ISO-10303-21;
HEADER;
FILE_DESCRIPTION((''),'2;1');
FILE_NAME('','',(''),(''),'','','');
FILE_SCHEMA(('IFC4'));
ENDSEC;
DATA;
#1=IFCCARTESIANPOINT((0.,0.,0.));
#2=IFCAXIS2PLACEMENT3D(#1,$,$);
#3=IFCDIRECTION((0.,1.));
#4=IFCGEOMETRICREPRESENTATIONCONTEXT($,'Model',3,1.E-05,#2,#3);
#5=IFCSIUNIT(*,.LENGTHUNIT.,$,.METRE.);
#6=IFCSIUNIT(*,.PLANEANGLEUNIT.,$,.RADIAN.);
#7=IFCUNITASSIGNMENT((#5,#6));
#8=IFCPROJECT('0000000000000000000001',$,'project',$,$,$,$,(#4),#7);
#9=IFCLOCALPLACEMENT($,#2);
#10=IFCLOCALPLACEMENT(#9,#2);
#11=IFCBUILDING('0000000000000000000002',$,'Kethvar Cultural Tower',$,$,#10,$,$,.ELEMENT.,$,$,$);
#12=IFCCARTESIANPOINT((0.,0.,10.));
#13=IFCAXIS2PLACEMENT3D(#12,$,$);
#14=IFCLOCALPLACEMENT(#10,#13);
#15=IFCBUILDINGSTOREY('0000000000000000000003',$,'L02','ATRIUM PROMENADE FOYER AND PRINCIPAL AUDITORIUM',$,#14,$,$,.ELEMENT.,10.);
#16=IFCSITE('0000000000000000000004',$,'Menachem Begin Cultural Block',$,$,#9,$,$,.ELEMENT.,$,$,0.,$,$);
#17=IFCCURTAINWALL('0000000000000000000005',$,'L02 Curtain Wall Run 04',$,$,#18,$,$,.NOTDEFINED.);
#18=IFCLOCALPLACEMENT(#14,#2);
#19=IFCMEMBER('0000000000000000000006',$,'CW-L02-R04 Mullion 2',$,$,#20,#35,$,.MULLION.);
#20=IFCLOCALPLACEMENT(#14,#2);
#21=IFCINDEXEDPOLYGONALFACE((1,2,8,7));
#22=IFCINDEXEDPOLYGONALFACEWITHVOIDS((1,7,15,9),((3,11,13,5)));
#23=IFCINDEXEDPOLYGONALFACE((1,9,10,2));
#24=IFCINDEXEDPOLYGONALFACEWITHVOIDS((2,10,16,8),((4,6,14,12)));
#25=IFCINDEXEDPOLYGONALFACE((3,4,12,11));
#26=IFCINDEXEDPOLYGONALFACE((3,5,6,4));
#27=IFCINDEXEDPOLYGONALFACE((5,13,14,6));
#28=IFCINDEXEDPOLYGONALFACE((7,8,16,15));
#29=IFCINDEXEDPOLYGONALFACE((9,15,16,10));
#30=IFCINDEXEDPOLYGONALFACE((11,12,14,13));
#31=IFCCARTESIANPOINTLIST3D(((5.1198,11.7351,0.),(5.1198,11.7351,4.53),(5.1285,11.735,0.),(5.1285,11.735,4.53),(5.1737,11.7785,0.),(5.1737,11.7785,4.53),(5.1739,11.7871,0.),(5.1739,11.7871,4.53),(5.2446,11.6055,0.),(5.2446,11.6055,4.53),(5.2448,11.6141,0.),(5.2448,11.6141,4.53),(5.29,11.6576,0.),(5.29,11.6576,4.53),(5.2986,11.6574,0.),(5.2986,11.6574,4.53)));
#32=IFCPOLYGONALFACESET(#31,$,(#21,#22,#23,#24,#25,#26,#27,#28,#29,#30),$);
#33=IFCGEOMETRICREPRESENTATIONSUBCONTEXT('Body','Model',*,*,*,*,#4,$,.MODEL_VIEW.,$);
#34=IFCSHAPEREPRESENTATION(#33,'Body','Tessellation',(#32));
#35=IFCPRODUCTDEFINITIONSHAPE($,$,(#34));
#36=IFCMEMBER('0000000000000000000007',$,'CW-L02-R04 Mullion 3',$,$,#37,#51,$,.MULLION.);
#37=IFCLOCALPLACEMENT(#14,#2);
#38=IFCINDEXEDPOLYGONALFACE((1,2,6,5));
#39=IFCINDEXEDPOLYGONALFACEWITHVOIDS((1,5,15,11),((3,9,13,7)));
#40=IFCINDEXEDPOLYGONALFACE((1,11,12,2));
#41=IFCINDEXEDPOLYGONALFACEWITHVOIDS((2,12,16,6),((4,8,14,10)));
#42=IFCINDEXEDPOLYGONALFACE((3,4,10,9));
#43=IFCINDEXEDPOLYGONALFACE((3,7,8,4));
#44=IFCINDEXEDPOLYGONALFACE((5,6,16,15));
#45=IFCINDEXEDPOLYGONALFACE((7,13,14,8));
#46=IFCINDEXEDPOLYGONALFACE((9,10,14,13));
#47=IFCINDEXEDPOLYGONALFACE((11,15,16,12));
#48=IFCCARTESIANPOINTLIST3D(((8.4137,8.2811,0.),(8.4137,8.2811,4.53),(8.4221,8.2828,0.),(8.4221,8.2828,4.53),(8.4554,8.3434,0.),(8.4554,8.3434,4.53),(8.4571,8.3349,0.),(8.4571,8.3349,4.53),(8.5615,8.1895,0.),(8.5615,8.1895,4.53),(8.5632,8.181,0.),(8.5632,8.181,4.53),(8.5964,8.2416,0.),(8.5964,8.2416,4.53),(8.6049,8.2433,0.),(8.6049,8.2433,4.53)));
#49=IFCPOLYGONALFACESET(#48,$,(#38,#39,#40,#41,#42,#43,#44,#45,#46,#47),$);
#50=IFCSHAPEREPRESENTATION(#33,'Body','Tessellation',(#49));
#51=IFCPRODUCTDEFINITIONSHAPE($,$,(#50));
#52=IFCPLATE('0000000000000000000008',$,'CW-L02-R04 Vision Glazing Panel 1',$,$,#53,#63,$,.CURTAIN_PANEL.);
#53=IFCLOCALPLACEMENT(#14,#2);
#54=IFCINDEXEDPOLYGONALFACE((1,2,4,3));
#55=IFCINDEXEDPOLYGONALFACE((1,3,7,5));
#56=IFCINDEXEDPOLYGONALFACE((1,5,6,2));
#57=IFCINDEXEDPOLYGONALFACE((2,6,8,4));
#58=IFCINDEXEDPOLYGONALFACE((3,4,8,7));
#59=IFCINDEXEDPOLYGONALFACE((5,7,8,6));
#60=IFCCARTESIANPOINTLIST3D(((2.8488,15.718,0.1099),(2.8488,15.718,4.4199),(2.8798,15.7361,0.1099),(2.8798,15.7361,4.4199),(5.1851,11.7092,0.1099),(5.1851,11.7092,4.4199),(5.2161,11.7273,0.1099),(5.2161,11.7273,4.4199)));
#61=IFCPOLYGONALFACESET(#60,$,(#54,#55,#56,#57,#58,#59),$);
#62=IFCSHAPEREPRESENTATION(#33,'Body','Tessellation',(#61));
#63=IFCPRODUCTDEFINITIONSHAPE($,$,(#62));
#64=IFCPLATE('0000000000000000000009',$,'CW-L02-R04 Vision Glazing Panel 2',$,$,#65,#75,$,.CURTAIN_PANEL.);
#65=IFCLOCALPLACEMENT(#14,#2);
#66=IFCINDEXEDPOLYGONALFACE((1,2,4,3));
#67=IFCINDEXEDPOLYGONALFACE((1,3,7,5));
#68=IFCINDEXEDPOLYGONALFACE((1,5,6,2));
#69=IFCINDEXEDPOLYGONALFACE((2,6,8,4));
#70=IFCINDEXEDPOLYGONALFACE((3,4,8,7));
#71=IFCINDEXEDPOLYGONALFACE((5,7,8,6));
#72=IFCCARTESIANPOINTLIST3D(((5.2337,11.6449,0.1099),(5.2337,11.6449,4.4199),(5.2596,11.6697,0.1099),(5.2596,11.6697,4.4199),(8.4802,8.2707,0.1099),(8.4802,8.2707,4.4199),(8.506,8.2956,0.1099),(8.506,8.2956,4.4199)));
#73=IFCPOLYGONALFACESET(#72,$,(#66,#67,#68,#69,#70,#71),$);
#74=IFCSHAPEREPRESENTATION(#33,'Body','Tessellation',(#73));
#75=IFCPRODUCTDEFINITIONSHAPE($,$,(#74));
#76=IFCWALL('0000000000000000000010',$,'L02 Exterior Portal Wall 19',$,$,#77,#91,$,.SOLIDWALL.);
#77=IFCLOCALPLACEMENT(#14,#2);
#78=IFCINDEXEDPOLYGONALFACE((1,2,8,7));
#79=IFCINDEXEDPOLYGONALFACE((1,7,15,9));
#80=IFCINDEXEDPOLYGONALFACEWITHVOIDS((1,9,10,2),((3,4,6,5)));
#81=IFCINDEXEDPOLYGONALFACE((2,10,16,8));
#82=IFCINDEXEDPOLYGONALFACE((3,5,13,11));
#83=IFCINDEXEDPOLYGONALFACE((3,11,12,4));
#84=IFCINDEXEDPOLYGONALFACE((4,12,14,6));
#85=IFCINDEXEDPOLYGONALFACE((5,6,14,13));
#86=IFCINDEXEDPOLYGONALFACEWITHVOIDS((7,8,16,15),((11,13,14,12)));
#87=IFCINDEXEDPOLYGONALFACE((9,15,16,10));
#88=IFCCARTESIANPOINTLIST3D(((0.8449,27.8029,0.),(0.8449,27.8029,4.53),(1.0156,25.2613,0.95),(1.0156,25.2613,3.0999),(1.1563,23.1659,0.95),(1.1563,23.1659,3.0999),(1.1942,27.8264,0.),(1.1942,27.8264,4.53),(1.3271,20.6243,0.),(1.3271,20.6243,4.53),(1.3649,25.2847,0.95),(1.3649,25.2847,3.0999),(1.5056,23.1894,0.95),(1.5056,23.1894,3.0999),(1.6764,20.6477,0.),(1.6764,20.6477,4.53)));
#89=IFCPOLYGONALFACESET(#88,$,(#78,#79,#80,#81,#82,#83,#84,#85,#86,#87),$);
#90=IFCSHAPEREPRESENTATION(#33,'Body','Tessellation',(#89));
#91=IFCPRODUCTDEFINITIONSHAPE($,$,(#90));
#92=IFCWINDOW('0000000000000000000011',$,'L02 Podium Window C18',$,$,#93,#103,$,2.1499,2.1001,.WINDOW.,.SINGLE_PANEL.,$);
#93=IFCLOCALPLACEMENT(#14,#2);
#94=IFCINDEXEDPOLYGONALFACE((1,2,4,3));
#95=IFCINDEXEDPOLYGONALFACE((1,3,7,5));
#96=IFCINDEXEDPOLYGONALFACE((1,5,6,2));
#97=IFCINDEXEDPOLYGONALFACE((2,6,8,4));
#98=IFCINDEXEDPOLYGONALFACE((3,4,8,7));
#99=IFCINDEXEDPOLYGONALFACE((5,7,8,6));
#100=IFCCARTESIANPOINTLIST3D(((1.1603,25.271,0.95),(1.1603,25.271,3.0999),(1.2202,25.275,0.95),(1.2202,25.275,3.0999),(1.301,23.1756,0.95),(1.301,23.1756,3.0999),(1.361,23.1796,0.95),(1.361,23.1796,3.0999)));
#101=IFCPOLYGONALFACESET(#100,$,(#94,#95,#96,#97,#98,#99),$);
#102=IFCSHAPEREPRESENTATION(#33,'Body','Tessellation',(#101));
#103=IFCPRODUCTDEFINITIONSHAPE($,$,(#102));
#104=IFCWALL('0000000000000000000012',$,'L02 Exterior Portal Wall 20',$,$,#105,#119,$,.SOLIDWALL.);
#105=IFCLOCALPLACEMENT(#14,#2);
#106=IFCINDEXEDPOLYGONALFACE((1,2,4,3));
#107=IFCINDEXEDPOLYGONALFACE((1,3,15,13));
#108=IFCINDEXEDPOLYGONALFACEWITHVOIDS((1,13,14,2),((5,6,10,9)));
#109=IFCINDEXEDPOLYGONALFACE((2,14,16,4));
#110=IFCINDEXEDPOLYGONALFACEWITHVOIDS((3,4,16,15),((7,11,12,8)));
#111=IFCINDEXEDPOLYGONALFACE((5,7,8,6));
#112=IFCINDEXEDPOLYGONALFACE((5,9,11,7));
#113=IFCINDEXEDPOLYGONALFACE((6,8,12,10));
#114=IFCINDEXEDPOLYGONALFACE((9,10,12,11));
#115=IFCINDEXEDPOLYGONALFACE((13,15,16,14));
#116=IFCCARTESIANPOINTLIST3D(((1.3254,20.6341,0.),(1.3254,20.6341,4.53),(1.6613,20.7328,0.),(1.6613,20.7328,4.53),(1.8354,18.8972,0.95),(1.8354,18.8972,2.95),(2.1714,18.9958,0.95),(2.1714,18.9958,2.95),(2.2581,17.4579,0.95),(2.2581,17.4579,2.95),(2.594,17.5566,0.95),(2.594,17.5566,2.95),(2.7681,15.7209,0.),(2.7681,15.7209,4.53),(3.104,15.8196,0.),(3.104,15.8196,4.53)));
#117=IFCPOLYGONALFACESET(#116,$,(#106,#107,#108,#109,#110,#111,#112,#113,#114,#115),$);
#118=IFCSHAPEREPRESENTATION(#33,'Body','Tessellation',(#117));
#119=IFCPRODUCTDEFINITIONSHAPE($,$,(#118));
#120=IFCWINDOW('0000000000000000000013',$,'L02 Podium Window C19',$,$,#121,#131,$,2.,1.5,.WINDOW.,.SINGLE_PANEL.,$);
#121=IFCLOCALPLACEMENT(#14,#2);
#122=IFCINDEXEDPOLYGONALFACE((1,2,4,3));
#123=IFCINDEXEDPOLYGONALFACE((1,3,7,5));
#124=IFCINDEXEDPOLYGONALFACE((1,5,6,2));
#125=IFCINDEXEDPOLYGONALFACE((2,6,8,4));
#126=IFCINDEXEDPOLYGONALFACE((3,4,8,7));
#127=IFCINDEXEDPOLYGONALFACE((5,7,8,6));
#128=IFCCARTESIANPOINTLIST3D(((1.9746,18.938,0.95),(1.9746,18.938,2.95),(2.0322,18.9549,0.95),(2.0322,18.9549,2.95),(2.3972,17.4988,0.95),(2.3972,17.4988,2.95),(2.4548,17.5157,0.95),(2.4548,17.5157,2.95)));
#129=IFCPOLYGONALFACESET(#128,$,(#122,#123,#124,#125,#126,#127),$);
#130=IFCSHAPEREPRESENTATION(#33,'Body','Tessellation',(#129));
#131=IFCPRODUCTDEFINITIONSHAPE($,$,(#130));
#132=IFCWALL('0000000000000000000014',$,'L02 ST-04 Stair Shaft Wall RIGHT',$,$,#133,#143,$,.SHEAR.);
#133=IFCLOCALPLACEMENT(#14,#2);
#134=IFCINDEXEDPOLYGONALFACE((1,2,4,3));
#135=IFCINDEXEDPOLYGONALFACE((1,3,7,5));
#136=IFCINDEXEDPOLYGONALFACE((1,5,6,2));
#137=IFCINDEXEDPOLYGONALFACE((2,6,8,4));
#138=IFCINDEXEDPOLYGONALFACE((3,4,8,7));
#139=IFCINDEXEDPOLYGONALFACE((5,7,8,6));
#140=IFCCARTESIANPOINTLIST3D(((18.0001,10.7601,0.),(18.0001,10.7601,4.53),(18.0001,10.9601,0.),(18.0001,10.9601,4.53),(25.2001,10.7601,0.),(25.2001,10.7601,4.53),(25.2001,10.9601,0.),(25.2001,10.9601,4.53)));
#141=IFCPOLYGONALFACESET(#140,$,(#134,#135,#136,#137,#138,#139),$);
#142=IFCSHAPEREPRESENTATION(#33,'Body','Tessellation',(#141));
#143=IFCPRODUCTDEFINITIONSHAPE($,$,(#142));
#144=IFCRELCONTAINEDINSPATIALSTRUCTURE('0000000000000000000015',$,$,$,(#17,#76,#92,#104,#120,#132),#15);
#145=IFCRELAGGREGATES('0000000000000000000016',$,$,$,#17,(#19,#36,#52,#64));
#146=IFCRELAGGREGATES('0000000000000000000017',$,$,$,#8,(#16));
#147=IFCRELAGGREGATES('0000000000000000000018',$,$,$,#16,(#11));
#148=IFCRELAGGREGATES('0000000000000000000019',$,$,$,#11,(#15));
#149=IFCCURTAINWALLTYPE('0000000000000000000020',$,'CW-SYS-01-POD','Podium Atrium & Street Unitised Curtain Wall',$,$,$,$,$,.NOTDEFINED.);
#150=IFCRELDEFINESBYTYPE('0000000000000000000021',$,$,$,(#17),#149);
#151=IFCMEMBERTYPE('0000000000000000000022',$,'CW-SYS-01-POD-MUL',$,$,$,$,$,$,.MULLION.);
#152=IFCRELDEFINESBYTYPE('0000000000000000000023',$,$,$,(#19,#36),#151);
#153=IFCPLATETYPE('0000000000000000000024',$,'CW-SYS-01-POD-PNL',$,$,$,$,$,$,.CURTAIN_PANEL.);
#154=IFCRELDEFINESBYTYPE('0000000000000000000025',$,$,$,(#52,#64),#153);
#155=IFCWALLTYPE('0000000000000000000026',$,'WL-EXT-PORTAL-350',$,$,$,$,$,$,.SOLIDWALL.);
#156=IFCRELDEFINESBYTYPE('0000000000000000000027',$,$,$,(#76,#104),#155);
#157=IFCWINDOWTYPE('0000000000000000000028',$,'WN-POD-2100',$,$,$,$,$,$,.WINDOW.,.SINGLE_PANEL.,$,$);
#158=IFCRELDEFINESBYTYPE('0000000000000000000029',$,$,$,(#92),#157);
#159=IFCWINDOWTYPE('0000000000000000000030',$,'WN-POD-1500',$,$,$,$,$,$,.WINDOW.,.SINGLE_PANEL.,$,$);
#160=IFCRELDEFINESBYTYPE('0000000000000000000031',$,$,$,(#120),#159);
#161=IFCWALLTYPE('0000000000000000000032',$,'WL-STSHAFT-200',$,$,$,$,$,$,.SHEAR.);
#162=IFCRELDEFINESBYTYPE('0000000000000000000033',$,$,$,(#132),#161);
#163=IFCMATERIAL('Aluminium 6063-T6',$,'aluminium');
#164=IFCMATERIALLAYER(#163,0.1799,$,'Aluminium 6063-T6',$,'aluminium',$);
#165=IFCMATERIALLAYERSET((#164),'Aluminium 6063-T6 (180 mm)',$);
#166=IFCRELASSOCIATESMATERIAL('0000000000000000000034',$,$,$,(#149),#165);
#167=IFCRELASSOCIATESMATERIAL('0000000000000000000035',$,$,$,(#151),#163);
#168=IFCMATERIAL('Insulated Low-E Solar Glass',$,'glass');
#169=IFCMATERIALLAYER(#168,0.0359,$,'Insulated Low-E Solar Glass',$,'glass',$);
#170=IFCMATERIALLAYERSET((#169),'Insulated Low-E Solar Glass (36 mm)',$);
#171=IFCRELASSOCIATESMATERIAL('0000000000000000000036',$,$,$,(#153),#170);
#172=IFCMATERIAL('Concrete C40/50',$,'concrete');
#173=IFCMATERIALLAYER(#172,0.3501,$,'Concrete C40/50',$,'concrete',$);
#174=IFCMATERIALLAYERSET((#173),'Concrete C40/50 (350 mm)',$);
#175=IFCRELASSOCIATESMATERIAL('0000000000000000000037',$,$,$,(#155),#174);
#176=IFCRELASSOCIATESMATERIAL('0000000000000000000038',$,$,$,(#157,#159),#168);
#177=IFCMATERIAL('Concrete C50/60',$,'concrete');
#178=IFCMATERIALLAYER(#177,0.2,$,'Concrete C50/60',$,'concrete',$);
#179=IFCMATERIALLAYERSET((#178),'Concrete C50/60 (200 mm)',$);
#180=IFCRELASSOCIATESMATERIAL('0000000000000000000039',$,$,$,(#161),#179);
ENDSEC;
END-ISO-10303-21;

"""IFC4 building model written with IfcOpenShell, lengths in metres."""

from ifc_helpers import new_model, si_unit, direction, frame, frame_2d, origin, origin_2d, place, context, subcontext, project, spatial, rectangle, hollow_rectangle, extrude, source, transform, mapped, material, layer, layer_set, material_profile, profile_set, type_object, element, fill, aggregate, save


model = new_model("IFC4")

# Units and contexts
model_context = context("Model", 3, precision=1e-05, world=origin(), true_north=direction((0.0, 1.0)))
body_context = subcontext(model_context, "Body", "Model", "MODEL_VIEW")
ifc_project = project(units=[si_unit("LENGTHUNIT", "METRE"), si_unit("PLANEANGLEUNIT", "RADIAN")], contexts=[model_context])

# Site, building, storey
site_placement = place(None, origin())
site = spatial("IfcSite", under=ifc_project, at=site_placement, Name="Menachem Begin Cultural Block", CompositionType="ELEMENT", RefElevation=0.0)
building_placement = place(site_placement, origin())
building = spatial("IfcBuilding", under=site, at=building_placement, Name="Kethvar Cultural Tower", CompositionType="ELEMENT")
storey_placement = place(building_placement, frame((0.0, 0.0, 10.0)))
storey = spatial("IfcBuildingStorey", under=building, at=storey_placement, Name="L02", Description="ATRIUM PROMENADE FOYER AND PRINCIPAL AUDITORIUM", CompositionType="ELEMENT", Elevation=10.0)

# Curtain wall, members, plates
ifc_material_1 = material(Name="Aluminium 6063-T6", Category="aluminium")
ifc_layer_1 = layer(ifc_material_1, 0.1799, Name="Aluminium 6063-T6", Category="aluminium")
ifc_layer_set_1 = layer_set([ifc_layer_1], Name="Aluminium 6063-T6 (180 mm)")
curtain_wall_type = type_object("IfcCurtainWallType", Name="CW-SYS-01-POD", Description="Podium Atrium & Street Unitised Curtain Wall", PredefinedType="NOTDEFINED", material=ifc_layer_set_1)
curtain_wall_placement = place(storey_placement, origin())
curtain_wall = element("IfcCurtainWall", 1, at=curtain_wall_placement, inside=storey, type_object=curtain_wall_type, Name="L02 Curtain Wall Run 04", PredefinedType="NOTDEFINED")
ifc_material_profile_1 = material_profile(ifc_material_1, hollow_rectangle(XDim=0.075, YDim=0.1799, WallThickness=0.0061, at=origin_2d()), Name="Aluminium 6063-T6 — RHS180x75x6")
ifc_profile_set_1 = profile_set([ifc_material_profile_1], Name="Aluminium 6063-T6 — RHS180x75x6")
member_type_1 = type_object("IfcMemberType", Name="CW-SYS-01-POD-MUL", PredefinedType="MULLION", material=ifc_profile_set_1)
shared_shape_1 = source(origin(), body_context, "Body", "SweptSolid", [
    extrude(hollow_rectangle(XDim=0.075, YDim=0.1799, WallThickness=0.0061, at=origin_2d()), origin(), (0.0, 0.0, 1.0), 4.53),
])
member_1_placement = place(storey_placement, frame((5.2092, 11.6963, 0.0), z_axis=(0.0, 0.0, 1.0), x_axis=(0.720612, 0.693339, 0.0)))
member_1 = element("IfcMember", 2, at=member_1_placement, type_object=member_type_1, Name="CW-L02-R04 Mullion 2", PredefinedType="MULLION", context=body_context, shape_type="MappedRepresentation", body=[
    mapped(shared_shape_1, transform((0.0, 0.0, 0.0), scale=1.0)),
])
member_2_placement = place(storey_placement, frame((8.5093, 8.2622, 0.0), z_axis=(0.0, 0.0, 1.0), x_axis=(0.556557, 0.83081, 0.0)))
member_2 = element("IfcMember", 3, at=member_2_placement, type_object=member_type_1, Name="CW-L02-R04 Mullion 3", PredefinedType="MULLION", context=body_context, shape_type="MappedRepresentation", body=[
    mapped(shared_shape_1, transform((0.0, 0.0, 0.0), scale=1.0)),
])
ifc_material_2 = material(Name="Insulated Low-E Solar Glass", Category="glass")
ifc_layer_2 = layer(ifc_material_2, 0.0359, Name="Insulated Low-E Solar Glass", Category="glass")
ifc_layer_set_2 = layer_set([ifc_layer_2], Name="Insulated Low-E Solar Glass (36 mm)")
plate_type = type_object("IfcPlateType", Name="CW-SYS-01-POD-PNL", PredefinedType="CURTAIN_PANEL", material=ifc_layer_set_2)
shared_shape_2 = source(origin(), body_context, "Body", "SweptSolid", [
    extrude(rectangle(XDim=4.6399, YDim=0.0359, at=origin_2d()), origin(), (0.0, 0.0, 1.0), 4.3101),
])
plate_1_placement = place(storey_placement, frame((4.0325, 13.7227, 0.1099), z_axis=(0.0, 0.0, 1.0), x_axis=(0.503518, -0.863985, 0.0)))
plate_1 = element("IfcPlate", 4, at=plate_1_placement, type_object=plate_type, Name="CW-L02-R04 Vision Glazing Panel 1", PredefinedType="CURTAIN_PANEL", context=body_context, shape_type="MappedRepresentation", body=[
    mapped(shared_shape_2, transform((0.0, 0.0, 0.0), scale=1.0)),
])
shared_shape_3 = source(origin(), body_context, "Body", "SweptSolid", [
    extrude(rectangle(XDim=4.6824, YDim=0.0359, at=origin_2d()), origin(), (0.0, 0.0, 1.0), 4.3101),
])
plate_2_placement = place(storey_placement, frame((6.8699, 9.9702, 0.1099), z_axis=(0.0, 0.0, 1.0), x_axis=(0.693339, -0.720612, 0.0)))
plate_2 = element("IfcPlate", 5, at=plate_2_placement, type_object=plate_type, Name="CW-L02-R04 Vision Glazing Panel 2", PredefinedType="CURTAIN_PANEL", context=body_context, shape_type="MappedRepresentation", body=[
    mapped(shared_shape_3, transform((0.0, 0.0, 0.0), scale=1.0)),
])
aggregate(curtain_wall, [member_1, member_2, plate_1, plate_2])

# Walls, openings, windows
ifc_material_3 = material(Name="Concrete C40/50", Category="concrete")
ifc_layer_3 = layer(ifc_material_3, 0.3501, Name="Concrete C40/50", Category="concrete")
ifc_layer_set_3 = layer_set([ifc_layer_3], Name="Concrete C40/50 (350 mm)")
wall_type_1 = type_object("IfcWallType", Name="WL-EXT-PORTAL-350", PredefinedType="SOLIDWALL", material=ifc_layer_set_3)
wall_1_placement = place(storey_placement, frame((1.5017, 20.636, 0.0), z_axis=(0.0, 0.0, 1.0), x_axis=(-0.067017, 0.997752, 0.0)))
wall_1 = element("IfcWall", 6, at=wall_1_placement, inside=storey, type_object=wall_type_1, Name="L02 Exterior Portal Wall 19", PredefinedType="SOLIDWALL", context=body_context, shape_type="SweptSolid", body=[
    extrude(rectangle(XDim=7.1948, YDim=0.3501, at=frame_2d((3.5974, 0.0))), origin(), (0.0, 0.0, 1.0), 4.53),
])
opening_1_placement = place(wall_1_placement, frame((2.5474, 0.0, 0.95)))
opening_1 = element("IfcOpeningElement", 7, at=opening_1_placement, cuts=wall_1, PredefinedType="OPENING", context=body_context, shape_type="SweptSolid", body=[
    extrude(rectangle(XDim=2.1001, YDim=2.1499, at=frame_2d((1.05, 1.075))), frame((0.0, 0.1851, 0.0), z_axis=(0.0, -1.0, 0.0), x_axis=(1.0, 0.0, 0.0)), (0.0, 0.0, 1.0), 0.3701),
])
window_type_1 = type_object("IfcWindowType", Name="WN-POD-2100", PartitioningType="SINGLE_PANEL", PredefinedType="WINDOW", material=ifc_material_2)
shared_shape_4 = source(origin(), body_context, "Body", "SweptSolid", [
    extrude(rectangle(XDim=2.1001, YDim=2.1499, at=frame_2d((1.05, 1.075))), frame((0.0, 0.03, 0.0), z_axis=(0.0, -1.0, 0.0), x_axis=(1.0, 0.0, 0.0)), (0.0, 0.0, 1.0), 0.0601),
])
window_1_placement = place(opening_1_placement, origin())
window_1 = element("IfcWindow", 8, at=window_1_placement, inside=storey, type_object=window_type_1, Name="L02 Podium Window C18", OverallHeight=2.1499, OverallWidth=2.1001, PartitioningType="SINGLE_PANEL", PredefinedType="WINDOW", context=body_context, shape_type="MappedRepresentation", body=[
    mapped(shared_shape_4, transform((0.0, 0.0, 0.0), scale=1.0)),
])
fill(opening_1, window_1)
wall_2_placement = place(storey_placement, frame((2.936, 15.7703, 0.0), z_axis=(0.0, 0.0, 1.0), x_axis=(-0.281735, 0.959492, 0.0)))
wall_2 = element("IfcWall", 9, at=wall_2_placement, inside=storey, type_object=wall_type_1, Name="L02 Exterior Portal Wall 20", PredefinedType="SOLIDWALL", context=body_context, shape_type="SweptSolid", body=[
    extrude(rectangle(XDim=5.1206, YDim=0.3501, at=frame_2d((2.5603, 0.0))), origin(), (0.0, 0.0, 1.0), 4.53),
])
opening_2_placement = place(wall_2_placement, frame((1.8103, 0.0, 0.95)))
opening_2 = element("IfcOpeningElement", 10, at=opening_2_placement, cuts=wall_2, PredefinedType="OPENING", context=body_context, shape_type="SweptSolid", body=[
    extrude(rectangle(XDim=1.5, YDim=2.0, at=frame_2d((0.75, 1.0))), frame((0.0, 0.1851, 0.0), z_axis=(0.0, -1.0, 0.0), x_axis=(1.0, 0.0, 0.0)), (0.0, 0.0, 1.0), 0.3701),
])
window_type_2 = type_object("IfcWindowType", Name="WN-POD-1500", PartitioningType="SINGLE_PANEL", PredefinedType="WINDOW", material=ifc_material_2)
shared_shape_5 = source(origin(), body_context, "Body", "SweptSolid", [
    extrude(rectangle(XDim=1.5, YDim=2.0, at=frame_2d((0.75, 1.0))), frame((0.0, 0.03, 0.0), z_axis=(0.0, -1.0, 0.0), x_axis=(1.0, 0.0, 0.0)), (0.0, 0.0, 1.0), 0.0601),
])
window_2_placement = place(opening_2_placement, origin())
window_2 = element("IfcWindow", 11, at=window_2_placement, inside=storey, type_object=window_type_2, Name="L02 Podium Window C19", OverallHeight=2.0, OverallWidth=1.5, PartitioningType="SINGLE_PANEL", PredefinedType="WINDOW", context=body_context, shape_type="MappedRepresentation", body=[
    mapped(shared_shape_5, transform((0.0, 0.0, 0.0), scale=1.0)),
])
fill(opening_2, window_2)

# Wall
ifc_material_4 = material(Name="Concrete C50/60", Category="concrete")
ifc_layer_4 = layer(ifc_material_4, 0.2, Name="Concrete C50/60", Category="concrete")
ifc_layer_set_4 = layer_set([ifc_layer_4], Name="Concrete C50/60 (200 mm)")
wall_type_2 = type_object("IfcWallType", Name="WL-STSHAFT-200", PredefinedType="SHEAR", material=ifc_layer_set_4)
wall_3_placement = place(storey_placement, frame((18.0, 10.8601, 0.0), z_axis=(0.0, 0.0, 1.0), x_axis=(1.0, 0.0, 0.0)))
element("IfcWall", 12, at=wall_3_placement, inside=storey, type_object=wall_type_2, Name="L02 ST-04 Stair Shaft Wall RIGHT", PredefinedType="SHEAR", context=body_context, shape_type="SweptSolid", body=[
    extrude(rectangle(XDim=7.2, YDim=0.2, at=frame_2d((3.6001, 0.0))), origin(), (0.0, 0.0, 1.0), 4.53),
])

save(model, "model.ifc")
